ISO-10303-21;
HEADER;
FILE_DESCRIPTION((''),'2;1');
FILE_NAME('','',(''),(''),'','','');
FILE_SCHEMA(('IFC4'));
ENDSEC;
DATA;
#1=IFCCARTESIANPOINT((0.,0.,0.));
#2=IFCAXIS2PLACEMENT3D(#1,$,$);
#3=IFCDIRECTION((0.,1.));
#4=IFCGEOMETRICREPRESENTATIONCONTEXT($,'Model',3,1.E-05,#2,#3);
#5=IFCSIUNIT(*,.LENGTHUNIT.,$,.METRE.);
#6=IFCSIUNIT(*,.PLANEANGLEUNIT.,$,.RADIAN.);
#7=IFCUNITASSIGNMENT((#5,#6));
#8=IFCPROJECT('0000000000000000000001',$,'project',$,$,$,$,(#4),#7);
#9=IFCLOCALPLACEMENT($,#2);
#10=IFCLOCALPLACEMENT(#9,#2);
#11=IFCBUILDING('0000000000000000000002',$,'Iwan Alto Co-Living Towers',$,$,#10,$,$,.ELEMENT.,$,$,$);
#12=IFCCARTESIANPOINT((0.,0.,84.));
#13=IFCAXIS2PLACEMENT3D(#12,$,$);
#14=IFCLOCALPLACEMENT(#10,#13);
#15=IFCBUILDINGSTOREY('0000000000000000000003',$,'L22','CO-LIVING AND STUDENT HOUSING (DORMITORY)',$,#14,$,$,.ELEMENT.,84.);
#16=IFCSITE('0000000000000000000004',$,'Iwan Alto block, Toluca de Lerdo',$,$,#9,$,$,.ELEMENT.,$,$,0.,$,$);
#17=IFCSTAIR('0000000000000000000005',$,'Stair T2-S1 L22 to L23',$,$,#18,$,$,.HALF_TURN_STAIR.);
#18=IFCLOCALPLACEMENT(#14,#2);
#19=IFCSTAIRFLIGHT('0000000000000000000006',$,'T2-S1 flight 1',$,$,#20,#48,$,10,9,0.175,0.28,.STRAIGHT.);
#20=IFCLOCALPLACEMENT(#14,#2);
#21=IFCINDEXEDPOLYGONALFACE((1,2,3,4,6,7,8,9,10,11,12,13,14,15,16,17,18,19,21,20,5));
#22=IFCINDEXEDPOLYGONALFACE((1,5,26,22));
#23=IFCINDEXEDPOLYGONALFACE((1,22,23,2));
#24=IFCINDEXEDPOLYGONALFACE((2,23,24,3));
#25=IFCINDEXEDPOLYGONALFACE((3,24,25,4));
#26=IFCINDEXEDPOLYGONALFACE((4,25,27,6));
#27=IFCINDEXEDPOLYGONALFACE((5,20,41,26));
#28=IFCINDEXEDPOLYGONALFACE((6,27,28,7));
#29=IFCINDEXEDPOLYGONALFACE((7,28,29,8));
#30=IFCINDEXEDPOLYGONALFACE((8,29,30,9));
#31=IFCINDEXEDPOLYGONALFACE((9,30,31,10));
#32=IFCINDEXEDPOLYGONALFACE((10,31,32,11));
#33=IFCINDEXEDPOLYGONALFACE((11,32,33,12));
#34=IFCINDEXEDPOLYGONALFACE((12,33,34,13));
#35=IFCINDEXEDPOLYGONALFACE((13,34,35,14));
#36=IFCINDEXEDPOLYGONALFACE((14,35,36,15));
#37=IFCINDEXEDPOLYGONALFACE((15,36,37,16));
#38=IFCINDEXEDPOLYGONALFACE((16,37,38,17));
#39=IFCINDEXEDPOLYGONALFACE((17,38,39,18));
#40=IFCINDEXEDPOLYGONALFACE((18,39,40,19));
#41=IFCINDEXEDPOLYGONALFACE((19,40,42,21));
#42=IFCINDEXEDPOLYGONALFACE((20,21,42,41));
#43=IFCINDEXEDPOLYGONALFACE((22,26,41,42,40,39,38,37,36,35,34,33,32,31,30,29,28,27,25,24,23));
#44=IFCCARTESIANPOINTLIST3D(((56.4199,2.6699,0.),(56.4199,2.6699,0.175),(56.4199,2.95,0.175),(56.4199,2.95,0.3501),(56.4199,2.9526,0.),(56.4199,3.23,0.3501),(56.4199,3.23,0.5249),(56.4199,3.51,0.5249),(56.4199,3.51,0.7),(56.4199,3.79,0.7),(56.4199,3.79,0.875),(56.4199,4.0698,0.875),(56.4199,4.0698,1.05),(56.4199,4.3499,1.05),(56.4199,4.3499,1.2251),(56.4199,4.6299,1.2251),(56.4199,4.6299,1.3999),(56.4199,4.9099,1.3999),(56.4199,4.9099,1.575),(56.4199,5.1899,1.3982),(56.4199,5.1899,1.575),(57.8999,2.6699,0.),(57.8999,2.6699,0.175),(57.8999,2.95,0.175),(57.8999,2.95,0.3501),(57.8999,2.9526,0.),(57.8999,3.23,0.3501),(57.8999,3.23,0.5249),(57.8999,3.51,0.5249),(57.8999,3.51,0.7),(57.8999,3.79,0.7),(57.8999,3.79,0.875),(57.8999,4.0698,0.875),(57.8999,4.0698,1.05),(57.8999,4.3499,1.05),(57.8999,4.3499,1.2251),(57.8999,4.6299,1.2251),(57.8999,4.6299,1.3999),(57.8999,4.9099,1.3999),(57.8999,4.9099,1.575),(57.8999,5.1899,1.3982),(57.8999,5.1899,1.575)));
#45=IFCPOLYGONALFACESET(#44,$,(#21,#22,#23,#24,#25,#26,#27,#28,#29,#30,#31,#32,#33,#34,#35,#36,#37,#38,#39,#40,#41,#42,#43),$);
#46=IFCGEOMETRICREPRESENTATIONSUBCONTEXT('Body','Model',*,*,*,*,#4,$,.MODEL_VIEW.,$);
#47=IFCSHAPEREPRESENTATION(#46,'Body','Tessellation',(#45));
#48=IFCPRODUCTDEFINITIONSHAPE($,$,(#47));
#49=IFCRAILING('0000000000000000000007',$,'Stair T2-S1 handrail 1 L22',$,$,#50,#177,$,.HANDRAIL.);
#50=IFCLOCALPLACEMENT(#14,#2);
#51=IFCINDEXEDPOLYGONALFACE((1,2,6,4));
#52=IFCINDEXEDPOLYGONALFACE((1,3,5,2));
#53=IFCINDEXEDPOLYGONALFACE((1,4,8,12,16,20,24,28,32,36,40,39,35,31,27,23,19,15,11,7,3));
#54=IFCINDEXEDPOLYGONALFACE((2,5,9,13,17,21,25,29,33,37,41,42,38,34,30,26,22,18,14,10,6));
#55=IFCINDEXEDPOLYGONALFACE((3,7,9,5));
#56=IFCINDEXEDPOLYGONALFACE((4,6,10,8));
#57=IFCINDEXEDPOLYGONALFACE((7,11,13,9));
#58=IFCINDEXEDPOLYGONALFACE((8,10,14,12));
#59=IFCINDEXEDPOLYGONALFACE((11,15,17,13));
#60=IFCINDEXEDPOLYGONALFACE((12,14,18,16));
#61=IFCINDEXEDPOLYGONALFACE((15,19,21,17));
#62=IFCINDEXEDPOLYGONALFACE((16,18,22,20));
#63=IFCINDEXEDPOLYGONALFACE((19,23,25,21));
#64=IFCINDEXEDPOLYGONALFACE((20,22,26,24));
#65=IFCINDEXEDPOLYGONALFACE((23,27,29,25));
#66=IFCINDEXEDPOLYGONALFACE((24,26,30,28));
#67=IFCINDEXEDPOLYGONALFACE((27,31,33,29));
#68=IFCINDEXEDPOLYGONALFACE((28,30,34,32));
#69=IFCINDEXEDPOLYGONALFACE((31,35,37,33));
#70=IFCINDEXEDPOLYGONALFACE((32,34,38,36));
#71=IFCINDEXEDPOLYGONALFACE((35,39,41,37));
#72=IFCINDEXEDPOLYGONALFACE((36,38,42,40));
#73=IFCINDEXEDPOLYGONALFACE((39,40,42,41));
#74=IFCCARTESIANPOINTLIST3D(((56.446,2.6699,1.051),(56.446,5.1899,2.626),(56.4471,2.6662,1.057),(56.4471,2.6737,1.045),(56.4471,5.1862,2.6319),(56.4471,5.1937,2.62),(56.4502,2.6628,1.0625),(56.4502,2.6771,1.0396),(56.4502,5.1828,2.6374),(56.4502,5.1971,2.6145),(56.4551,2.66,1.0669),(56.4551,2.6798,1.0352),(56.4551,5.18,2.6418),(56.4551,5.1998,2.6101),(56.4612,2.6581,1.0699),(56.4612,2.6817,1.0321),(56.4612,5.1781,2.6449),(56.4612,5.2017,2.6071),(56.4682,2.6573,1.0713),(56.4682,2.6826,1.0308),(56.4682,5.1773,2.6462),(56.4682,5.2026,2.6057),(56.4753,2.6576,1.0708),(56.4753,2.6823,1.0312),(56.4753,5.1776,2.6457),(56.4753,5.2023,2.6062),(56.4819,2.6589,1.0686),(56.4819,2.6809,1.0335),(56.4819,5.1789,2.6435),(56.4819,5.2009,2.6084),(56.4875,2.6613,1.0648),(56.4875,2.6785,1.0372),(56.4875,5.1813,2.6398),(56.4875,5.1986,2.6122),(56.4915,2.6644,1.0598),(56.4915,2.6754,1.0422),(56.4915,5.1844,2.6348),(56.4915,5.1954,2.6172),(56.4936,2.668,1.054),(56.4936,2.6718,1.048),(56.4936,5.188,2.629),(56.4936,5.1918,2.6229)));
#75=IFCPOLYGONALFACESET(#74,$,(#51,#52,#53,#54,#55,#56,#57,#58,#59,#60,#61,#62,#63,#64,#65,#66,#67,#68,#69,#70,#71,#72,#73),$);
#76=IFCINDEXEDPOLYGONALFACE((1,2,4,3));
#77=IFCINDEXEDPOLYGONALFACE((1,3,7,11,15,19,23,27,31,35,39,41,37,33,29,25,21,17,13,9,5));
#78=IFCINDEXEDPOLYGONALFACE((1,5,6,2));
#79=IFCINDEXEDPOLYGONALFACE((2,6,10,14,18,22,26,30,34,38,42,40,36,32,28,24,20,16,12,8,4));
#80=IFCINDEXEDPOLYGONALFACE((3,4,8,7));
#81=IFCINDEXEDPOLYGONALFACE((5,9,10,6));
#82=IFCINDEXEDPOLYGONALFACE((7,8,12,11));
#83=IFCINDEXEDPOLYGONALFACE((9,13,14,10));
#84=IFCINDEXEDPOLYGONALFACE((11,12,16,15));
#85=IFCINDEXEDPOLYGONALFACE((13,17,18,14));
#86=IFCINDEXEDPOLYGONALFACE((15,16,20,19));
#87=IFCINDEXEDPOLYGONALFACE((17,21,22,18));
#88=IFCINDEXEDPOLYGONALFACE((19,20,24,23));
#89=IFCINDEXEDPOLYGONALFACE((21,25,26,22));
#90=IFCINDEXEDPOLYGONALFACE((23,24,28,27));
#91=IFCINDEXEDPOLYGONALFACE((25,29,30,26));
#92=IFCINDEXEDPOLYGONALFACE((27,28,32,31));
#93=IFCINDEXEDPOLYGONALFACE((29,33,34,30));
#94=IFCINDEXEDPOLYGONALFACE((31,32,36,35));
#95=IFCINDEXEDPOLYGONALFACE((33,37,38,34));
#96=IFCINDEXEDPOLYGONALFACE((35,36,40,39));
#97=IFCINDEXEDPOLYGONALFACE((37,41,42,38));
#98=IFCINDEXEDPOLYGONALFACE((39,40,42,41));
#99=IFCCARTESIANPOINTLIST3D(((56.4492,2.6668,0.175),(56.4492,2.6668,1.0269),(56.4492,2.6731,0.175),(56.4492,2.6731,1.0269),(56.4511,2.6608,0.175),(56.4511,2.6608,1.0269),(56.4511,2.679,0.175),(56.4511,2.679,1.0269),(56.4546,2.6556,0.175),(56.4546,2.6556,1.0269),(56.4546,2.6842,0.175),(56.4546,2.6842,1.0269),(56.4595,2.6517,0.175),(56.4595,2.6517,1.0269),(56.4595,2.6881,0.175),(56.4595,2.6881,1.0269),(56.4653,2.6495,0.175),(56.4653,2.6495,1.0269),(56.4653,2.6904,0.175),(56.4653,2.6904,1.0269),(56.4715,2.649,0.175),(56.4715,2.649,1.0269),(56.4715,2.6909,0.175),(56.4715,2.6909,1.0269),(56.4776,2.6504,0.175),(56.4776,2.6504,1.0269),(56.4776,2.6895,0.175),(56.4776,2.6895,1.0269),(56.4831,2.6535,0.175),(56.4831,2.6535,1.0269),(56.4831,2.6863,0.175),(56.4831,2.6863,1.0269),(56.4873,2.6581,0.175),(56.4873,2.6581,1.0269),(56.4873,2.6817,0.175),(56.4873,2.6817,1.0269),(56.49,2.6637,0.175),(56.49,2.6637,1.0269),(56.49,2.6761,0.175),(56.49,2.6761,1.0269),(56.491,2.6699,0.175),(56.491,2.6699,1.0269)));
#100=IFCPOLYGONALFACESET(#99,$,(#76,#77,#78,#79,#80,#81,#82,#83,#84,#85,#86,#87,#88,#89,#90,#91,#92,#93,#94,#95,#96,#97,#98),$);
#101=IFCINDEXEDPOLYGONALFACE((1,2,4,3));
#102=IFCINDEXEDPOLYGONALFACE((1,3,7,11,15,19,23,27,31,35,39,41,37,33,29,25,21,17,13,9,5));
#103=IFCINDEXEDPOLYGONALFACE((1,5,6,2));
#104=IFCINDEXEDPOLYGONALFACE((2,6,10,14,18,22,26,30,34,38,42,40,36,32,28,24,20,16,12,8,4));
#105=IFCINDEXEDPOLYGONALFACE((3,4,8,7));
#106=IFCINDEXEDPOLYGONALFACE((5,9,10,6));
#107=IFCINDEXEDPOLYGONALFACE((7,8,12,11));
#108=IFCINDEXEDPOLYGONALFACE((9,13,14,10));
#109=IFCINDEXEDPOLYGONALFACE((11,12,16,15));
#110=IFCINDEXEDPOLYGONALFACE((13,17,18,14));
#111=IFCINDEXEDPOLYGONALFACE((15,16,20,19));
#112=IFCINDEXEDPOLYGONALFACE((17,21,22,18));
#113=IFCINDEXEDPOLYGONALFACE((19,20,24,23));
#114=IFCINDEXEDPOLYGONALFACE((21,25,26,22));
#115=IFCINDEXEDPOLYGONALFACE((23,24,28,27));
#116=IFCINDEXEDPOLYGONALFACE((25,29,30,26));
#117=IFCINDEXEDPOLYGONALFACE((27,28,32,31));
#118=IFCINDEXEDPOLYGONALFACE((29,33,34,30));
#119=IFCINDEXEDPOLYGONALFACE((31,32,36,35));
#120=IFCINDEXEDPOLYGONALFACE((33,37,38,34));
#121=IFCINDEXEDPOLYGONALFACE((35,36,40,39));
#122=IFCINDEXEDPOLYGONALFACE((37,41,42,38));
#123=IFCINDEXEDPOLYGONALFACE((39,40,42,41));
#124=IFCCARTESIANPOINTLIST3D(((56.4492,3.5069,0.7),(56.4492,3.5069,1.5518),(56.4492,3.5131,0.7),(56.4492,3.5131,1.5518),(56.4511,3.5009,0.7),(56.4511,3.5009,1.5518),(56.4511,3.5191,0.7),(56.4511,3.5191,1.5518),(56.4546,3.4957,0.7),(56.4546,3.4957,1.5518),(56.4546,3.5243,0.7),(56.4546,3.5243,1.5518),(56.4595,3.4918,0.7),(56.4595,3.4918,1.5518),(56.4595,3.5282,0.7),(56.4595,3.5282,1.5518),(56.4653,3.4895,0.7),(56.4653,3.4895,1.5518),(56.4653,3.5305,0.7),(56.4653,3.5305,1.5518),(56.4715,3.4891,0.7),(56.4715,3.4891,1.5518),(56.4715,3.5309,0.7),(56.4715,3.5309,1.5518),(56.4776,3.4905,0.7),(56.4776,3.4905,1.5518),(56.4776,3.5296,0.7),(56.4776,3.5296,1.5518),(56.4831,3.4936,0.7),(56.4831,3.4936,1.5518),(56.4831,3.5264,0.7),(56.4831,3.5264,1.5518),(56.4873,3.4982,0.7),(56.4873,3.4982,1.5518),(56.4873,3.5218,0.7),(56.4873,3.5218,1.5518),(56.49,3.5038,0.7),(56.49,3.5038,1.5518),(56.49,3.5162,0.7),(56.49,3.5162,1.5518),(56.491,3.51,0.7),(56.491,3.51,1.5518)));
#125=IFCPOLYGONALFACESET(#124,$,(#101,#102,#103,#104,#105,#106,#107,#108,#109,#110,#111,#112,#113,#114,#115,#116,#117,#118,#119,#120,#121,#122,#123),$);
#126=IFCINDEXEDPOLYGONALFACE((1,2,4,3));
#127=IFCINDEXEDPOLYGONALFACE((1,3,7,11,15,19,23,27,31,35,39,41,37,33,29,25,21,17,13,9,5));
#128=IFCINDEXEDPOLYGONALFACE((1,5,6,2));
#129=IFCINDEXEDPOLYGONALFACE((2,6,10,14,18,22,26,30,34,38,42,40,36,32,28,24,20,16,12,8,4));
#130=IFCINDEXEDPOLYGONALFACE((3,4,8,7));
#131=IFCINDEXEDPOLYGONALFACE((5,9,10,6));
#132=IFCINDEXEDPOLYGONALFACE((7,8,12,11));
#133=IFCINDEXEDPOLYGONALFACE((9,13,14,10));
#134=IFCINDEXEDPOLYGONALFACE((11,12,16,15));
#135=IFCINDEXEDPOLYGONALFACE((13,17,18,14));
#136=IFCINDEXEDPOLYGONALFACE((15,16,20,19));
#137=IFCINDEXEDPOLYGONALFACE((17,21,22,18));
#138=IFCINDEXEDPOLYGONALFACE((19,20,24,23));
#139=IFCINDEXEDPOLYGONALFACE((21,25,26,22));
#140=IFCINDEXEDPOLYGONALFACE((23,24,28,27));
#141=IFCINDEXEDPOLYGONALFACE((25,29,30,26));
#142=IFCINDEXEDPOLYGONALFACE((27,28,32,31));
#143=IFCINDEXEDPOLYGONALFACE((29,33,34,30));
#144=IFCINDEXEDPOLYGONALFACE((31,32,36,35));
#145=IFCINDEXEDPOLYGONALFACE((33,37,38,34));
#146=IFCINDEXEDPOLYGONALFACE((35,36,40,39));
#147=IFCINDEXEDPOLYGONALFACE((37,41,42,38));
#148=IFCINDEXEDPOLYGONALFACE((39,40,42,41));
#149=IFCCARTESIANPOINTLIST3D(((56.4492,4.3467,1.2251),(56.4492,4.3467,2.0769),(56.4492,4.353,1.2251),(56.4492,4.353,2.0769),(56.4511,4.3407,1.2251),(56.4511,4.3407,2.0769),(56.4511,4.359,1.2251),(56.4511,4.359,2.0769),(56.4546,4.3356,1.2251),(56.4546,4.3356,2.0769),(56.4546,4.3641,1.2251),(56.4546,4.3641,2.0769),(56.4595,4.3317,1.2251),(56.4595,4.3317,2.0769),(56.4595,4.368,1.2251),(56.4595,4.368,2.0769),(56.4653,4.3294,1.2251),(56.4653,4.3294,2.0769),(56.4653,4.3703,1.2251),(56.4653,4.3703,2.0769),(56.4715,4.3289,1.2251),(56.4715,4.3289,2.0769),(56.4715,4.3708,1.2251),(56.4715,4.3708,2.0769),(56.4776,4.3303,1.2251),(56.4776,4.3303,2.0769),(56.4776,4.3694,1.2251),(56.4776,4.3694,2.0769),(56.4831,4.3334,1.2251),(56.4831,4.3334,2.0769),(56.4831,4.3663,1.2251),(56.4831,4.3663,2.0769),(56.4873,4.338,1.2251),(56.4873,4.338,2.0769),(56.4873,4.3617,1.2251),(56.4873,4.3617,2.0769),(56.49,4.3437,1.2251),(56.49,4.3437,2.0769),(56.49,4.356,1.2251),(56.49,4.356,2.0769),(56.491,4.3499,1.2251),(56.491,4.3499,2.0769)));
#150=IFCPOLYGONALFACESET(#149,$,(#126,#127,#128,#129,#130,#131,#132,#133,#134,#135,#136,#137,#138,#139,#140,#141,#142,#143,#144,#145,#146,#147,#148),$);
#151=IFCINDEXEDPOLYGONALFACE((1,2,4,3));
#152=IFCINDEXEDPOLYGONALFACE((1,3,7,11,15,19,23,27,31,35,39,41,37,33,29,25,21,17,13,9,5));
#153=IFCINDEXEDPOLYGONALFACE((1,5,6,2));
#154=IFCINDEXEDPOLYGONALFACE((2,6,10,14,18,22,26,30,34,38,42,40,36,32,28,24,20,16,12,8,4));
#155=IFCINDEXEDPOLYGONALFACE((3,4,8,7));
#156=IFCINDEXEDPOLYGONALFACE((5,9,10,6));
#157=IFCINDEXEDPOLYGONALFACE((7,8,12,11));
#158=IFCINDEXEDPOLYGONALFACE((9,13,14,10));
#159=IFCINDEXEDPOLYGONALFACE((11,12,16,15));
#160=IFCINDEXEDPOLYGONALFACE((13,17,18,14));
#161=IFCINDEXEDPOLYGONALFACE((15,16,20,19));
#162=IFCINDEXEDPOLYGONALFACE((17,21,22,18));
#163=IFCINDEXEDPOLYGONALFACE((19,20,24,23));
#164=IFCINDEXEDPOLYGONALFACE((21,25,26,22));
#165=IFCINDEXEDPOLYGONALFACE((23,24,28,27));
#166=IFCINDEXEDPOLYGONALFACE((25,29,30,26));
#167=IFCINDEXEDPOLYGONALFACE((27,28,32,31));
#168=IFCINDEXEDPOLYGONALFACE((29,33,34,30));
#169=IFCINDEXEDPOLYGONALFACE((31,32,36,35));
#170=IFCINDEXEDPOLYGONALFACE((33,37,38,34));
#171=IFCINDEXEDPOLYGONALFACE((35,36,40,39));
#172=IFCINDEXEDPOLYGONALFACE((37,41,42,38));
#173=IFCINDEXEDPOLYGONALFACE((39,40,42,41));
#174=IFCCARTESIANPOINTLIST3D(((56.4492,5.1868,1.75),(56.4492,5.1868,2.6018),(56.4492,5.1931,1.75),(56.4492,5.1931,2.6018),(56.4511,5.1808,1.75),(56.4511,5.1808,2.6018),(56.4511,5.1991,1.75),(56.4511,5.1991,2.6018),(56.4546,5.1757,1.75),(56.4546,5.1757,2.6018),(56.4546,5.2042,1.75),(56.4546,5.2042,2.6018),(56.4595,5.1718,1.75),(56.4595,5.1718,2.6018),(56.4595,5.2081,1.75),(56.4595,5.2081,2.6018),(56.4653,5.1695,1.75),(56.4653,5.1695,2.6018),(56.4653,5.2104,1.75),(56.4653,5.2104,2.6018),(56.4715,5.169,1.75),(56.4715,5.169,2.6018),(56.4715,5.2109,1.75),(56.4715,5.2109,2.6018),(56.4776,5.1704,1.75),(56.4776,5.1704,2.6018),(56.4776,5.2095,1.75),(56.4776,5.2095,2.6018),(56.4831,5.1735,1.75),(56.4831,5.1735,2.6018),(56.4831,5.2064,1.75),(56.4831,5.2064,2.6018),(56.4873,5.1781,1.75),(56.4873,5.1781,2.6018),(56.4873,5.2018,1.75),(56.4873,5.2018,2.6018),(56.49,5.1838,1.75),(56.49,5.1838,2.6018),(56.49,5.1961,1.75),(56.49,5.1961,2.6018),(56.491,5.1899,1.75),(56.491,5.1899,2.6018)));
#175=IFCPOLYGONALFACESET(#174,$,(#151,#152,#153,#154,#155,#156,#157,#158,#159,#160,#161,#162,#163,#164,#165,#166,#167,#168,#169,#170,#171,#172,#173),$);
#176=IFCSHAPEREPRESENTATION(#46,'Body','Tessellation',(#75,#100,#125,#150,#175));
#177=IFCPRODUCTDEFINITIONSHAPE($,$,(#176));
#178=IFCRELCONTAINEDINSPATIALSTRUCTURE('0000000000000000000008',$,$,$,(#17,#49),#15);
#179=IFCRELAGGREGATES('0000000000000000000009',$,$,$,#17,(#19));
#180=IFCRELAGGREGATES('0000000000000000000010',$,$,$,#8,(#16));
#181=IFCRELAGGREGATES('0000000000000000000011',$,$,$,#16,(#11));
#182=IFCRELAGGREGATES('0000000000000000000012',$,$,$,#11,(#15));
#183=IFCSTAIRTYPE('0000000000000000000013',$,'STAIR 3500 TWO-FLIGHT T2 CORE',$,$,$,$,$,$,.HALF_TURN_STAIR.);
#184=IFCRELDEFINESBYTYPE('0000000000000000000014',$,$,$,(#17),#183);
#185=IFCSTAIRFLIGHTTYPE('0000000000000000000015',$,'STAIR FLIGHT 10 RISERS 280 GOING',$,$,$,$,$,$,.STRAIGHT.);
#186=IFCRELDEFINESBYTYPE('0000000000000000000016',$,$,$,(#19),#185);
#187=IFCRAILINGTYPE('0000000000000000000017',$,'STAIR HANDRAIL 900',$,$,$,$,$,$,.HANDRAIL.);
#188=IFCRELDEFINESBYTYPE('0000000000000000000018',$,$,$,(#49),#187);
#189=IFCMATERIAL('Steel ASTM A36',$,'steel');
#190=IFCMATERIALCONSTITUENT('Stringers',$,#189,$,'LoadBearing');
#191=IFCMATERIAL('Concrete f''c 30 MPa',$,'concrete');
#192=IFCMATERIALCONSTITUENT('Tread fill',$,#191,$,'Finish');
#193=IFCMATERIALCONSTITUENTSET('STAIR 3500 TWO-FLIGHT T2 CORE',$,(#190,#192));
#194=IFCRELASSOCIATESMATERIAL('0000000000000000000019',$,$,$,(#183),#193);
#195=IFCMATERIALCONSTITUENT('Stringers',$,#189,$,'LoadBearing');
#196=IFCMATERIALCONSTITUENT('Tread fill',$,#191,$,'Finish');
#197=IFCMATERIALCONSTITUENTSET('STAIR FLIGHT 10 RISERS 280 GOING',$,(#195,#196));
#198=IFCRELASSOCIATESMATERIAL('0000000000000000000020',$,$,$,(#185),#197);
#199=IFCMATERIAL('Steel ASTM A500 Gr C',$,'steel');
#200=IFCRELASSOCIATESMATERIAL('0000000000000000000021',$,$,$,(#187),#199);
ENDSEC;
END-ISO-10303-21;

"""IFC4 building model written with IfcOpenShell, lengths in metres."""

from ifc_helpers import new_model, si_unit, direction, frame, origin, origin_2d, place, context, subcontext, project, spatial, polyline, circle, outline, extrude, material, constituent, constituent_set, type_object, element, aggregate, save


model = new_model("IFC4")

# Units and contexts
model_context = context("Model", 3, precision=1e-05, world=origin(), true_north=direction((0.0, 1.0)))
body_context = subcontext(model_context, "Body", "Model", "MODEL_VIEW")
ifc_project = project(units=[si_unit("LENGTHUNIT", "METRE"), si_unit("PLANEANGLEUNIT", "RADIAN")], contexts=[model_context])

# Site, building, storey
site_placement = place(None, origin())
site = spatial("IfcSite", under=ifc_project, at=site_placement, Name="Iwan Alto block, Toluca de Lerdo", CompositionType="ELEMENT", RefElevation=0.0)
building_placement = place(site_placement, origin())
building = spatial("IfcBuilding", under=site, at=building_placement, Name="Iwan Alto Co-Living Towers", CompositionType="ELEMENT")
storey_placement = place(building_placement, frame((0.0, 0.0, 84.0)))
storey = spatial("IfcBuildingStorey", under=building, at=storey_placement, Name="L22", Description="CO-LIVING AND STUDENT HOUSING (DORMITORY)", CompositionType="ELEMENT", Elevation=84.0)

# Stair, stair flight
ifc_material_1 = material(Name="Steel ASTM A36", Category="steel")
ifc_constituent_1 = constituent(ifc_material_1, Name="Stringers", Category="LoadBearing")
ifc_material_2 = material(Name="Concrete f'c 30 MPa", Category="concrete")
ifc_constituent_2 = constituent(ifc_material_2, Name="Tread fill", Category="Finish")
ifc_constituent_set_1 = constituent_set(constituents=[ifc_constituent_1, ifc_constituent_2], Name="STAIR 3500 TWO-FLIGHT T2 CORE")
stair_type = type_object("IfcStairType", Name="STAIR 3500 TWO-FLIGHT T2 CORE", PredefinedType="HALF_TURN_STAIR", material=ifc_constituent_set_1)
stair_placement = place(storey_placement, origin())
stair = element("IfcStair", 1, at=stair_placement, inside=storey, type_object=stair_type, Name="Stair T2-S1 L22 to L23", PredefinedType="HALF_TURN_STAIR")
ifc_constituent_3 = constituent(ifc_material_1, Name="Stringers", Category="LoadBearing")
ifc_constituent_4 = constituent(ifc_material_2, Name="Tread fill", Category="Finish")
ifc_constituent_set_2 = constituent_set(constituents=[ifc_constituent_3, ifc_constituent_4], Name="STAIR FLIGHT 10 RISERS 280 GOING")
stair_flight_type = type_object("IfcStairFlightType", Name="STAIR FLIGHT 10 RISERS 280 GOING", PredefinedType="STRAIGHT", material=ifc_constituent_set_2)
stair_flight_placement = place(storey_placement, frame((57.1599, 2.6699, 0.0), z_axis=(0.0, 0.0, 1.0), x_axis=(0.0, 1.0, 0.0)))
stair_flight = element("IfcStairFlight", 2, at=stair_flight_placement, type_object=stair_flight_type, Name="T2-S1 flight 1", NumberOfRisers=10, NumberOfTreads=9, PredefinedType="STRAIGHT", RiserHeight=0.175, TreadLength=0.28, context=body_context, shape_type="SweptSolid", body=[
    extrude(outline(polyline([(0.0, 0.0), (0.0, 0.175), (0.28, 0.175), (0.28, 0.3501), (0.5601, 0.3501), (0.5601, 0.5249), (0.8401, 0.5249), (0.8401, 0.7), (1.1201, 0.7), (1.1201, 0.875), (1.3999, 0.875), (1.3999, 1.05), (1.6799, 1.05), (1.6799, 1.2251), (1.96, 1.2251), (1.96, 1.3999), (2.24, 1.3999), (2.24, 1.575), (2.52, 1.575), (2.52, 1.75), (2.52, 1.3982), (0.2827, 0.0), (0.0, 0.0)])), frame((0.0, 0.74, 0.0), z_axis=(0.0, -1.0, 0.0), x_axis=(1.0, 0.0, 0.0)), (0.0, 0.0, 1.0), 1.48),
])
aggregate(stair, [stair_flight])

# Railing
ifc_material_3 = material(Name="Steel ASTM A500 Gr C", Category="steel")
railing_type_1 = type_object("IfcRailingType", Name="STAIR HANDRAIL 900", PredefinedType="HANDRAIL", material=ifc_material_3)
railing_1_placement = place(storey_placement, frame((56.47, 2.6699, 0.175)))
element("IfcRailing", 3, at=railing_1_placement, inside=storey, type_object=railing_type_1, Name="Stair T2-S1 handrail 1 L22", PredefinedType="HANDRAIL", context=body_context, shape_type="SweptSolid", body=[
    extrude(circle(Radius=0.0239, at=origin_2d()), frame((0.0, 0.0, 0.876), z_axis=(0.0, 0.848008, 0.529984), x_axis=(-1.0, 0.0, 0.0)), (0.0, 0.0, 1.0), 2.9717),
    extrude(circle(Radius=0.021, at=origin_2d()), origin(), (0.0, 0.0, 1.0), 0.8518),
    extrude(circle(Radius=0.021, at=origin_2d()), frame((0.0, 0.8401, 0.5249)), (0.0, 0.0, 1.0), 0.8518),
    extrude(circle(Radius=0.021, at=origin_2d()), frame((0.0, 1.6799, 1.05)), (0.0, 0.0, 1.0), 0.8518),
    extrude(circle(Radius=0.021, at=origin_2d()), frame((0.0, 2.52, 1.575)), (0.0, 0.0, 1.0), 0.8518),
])

save(model, "model.ifc")
